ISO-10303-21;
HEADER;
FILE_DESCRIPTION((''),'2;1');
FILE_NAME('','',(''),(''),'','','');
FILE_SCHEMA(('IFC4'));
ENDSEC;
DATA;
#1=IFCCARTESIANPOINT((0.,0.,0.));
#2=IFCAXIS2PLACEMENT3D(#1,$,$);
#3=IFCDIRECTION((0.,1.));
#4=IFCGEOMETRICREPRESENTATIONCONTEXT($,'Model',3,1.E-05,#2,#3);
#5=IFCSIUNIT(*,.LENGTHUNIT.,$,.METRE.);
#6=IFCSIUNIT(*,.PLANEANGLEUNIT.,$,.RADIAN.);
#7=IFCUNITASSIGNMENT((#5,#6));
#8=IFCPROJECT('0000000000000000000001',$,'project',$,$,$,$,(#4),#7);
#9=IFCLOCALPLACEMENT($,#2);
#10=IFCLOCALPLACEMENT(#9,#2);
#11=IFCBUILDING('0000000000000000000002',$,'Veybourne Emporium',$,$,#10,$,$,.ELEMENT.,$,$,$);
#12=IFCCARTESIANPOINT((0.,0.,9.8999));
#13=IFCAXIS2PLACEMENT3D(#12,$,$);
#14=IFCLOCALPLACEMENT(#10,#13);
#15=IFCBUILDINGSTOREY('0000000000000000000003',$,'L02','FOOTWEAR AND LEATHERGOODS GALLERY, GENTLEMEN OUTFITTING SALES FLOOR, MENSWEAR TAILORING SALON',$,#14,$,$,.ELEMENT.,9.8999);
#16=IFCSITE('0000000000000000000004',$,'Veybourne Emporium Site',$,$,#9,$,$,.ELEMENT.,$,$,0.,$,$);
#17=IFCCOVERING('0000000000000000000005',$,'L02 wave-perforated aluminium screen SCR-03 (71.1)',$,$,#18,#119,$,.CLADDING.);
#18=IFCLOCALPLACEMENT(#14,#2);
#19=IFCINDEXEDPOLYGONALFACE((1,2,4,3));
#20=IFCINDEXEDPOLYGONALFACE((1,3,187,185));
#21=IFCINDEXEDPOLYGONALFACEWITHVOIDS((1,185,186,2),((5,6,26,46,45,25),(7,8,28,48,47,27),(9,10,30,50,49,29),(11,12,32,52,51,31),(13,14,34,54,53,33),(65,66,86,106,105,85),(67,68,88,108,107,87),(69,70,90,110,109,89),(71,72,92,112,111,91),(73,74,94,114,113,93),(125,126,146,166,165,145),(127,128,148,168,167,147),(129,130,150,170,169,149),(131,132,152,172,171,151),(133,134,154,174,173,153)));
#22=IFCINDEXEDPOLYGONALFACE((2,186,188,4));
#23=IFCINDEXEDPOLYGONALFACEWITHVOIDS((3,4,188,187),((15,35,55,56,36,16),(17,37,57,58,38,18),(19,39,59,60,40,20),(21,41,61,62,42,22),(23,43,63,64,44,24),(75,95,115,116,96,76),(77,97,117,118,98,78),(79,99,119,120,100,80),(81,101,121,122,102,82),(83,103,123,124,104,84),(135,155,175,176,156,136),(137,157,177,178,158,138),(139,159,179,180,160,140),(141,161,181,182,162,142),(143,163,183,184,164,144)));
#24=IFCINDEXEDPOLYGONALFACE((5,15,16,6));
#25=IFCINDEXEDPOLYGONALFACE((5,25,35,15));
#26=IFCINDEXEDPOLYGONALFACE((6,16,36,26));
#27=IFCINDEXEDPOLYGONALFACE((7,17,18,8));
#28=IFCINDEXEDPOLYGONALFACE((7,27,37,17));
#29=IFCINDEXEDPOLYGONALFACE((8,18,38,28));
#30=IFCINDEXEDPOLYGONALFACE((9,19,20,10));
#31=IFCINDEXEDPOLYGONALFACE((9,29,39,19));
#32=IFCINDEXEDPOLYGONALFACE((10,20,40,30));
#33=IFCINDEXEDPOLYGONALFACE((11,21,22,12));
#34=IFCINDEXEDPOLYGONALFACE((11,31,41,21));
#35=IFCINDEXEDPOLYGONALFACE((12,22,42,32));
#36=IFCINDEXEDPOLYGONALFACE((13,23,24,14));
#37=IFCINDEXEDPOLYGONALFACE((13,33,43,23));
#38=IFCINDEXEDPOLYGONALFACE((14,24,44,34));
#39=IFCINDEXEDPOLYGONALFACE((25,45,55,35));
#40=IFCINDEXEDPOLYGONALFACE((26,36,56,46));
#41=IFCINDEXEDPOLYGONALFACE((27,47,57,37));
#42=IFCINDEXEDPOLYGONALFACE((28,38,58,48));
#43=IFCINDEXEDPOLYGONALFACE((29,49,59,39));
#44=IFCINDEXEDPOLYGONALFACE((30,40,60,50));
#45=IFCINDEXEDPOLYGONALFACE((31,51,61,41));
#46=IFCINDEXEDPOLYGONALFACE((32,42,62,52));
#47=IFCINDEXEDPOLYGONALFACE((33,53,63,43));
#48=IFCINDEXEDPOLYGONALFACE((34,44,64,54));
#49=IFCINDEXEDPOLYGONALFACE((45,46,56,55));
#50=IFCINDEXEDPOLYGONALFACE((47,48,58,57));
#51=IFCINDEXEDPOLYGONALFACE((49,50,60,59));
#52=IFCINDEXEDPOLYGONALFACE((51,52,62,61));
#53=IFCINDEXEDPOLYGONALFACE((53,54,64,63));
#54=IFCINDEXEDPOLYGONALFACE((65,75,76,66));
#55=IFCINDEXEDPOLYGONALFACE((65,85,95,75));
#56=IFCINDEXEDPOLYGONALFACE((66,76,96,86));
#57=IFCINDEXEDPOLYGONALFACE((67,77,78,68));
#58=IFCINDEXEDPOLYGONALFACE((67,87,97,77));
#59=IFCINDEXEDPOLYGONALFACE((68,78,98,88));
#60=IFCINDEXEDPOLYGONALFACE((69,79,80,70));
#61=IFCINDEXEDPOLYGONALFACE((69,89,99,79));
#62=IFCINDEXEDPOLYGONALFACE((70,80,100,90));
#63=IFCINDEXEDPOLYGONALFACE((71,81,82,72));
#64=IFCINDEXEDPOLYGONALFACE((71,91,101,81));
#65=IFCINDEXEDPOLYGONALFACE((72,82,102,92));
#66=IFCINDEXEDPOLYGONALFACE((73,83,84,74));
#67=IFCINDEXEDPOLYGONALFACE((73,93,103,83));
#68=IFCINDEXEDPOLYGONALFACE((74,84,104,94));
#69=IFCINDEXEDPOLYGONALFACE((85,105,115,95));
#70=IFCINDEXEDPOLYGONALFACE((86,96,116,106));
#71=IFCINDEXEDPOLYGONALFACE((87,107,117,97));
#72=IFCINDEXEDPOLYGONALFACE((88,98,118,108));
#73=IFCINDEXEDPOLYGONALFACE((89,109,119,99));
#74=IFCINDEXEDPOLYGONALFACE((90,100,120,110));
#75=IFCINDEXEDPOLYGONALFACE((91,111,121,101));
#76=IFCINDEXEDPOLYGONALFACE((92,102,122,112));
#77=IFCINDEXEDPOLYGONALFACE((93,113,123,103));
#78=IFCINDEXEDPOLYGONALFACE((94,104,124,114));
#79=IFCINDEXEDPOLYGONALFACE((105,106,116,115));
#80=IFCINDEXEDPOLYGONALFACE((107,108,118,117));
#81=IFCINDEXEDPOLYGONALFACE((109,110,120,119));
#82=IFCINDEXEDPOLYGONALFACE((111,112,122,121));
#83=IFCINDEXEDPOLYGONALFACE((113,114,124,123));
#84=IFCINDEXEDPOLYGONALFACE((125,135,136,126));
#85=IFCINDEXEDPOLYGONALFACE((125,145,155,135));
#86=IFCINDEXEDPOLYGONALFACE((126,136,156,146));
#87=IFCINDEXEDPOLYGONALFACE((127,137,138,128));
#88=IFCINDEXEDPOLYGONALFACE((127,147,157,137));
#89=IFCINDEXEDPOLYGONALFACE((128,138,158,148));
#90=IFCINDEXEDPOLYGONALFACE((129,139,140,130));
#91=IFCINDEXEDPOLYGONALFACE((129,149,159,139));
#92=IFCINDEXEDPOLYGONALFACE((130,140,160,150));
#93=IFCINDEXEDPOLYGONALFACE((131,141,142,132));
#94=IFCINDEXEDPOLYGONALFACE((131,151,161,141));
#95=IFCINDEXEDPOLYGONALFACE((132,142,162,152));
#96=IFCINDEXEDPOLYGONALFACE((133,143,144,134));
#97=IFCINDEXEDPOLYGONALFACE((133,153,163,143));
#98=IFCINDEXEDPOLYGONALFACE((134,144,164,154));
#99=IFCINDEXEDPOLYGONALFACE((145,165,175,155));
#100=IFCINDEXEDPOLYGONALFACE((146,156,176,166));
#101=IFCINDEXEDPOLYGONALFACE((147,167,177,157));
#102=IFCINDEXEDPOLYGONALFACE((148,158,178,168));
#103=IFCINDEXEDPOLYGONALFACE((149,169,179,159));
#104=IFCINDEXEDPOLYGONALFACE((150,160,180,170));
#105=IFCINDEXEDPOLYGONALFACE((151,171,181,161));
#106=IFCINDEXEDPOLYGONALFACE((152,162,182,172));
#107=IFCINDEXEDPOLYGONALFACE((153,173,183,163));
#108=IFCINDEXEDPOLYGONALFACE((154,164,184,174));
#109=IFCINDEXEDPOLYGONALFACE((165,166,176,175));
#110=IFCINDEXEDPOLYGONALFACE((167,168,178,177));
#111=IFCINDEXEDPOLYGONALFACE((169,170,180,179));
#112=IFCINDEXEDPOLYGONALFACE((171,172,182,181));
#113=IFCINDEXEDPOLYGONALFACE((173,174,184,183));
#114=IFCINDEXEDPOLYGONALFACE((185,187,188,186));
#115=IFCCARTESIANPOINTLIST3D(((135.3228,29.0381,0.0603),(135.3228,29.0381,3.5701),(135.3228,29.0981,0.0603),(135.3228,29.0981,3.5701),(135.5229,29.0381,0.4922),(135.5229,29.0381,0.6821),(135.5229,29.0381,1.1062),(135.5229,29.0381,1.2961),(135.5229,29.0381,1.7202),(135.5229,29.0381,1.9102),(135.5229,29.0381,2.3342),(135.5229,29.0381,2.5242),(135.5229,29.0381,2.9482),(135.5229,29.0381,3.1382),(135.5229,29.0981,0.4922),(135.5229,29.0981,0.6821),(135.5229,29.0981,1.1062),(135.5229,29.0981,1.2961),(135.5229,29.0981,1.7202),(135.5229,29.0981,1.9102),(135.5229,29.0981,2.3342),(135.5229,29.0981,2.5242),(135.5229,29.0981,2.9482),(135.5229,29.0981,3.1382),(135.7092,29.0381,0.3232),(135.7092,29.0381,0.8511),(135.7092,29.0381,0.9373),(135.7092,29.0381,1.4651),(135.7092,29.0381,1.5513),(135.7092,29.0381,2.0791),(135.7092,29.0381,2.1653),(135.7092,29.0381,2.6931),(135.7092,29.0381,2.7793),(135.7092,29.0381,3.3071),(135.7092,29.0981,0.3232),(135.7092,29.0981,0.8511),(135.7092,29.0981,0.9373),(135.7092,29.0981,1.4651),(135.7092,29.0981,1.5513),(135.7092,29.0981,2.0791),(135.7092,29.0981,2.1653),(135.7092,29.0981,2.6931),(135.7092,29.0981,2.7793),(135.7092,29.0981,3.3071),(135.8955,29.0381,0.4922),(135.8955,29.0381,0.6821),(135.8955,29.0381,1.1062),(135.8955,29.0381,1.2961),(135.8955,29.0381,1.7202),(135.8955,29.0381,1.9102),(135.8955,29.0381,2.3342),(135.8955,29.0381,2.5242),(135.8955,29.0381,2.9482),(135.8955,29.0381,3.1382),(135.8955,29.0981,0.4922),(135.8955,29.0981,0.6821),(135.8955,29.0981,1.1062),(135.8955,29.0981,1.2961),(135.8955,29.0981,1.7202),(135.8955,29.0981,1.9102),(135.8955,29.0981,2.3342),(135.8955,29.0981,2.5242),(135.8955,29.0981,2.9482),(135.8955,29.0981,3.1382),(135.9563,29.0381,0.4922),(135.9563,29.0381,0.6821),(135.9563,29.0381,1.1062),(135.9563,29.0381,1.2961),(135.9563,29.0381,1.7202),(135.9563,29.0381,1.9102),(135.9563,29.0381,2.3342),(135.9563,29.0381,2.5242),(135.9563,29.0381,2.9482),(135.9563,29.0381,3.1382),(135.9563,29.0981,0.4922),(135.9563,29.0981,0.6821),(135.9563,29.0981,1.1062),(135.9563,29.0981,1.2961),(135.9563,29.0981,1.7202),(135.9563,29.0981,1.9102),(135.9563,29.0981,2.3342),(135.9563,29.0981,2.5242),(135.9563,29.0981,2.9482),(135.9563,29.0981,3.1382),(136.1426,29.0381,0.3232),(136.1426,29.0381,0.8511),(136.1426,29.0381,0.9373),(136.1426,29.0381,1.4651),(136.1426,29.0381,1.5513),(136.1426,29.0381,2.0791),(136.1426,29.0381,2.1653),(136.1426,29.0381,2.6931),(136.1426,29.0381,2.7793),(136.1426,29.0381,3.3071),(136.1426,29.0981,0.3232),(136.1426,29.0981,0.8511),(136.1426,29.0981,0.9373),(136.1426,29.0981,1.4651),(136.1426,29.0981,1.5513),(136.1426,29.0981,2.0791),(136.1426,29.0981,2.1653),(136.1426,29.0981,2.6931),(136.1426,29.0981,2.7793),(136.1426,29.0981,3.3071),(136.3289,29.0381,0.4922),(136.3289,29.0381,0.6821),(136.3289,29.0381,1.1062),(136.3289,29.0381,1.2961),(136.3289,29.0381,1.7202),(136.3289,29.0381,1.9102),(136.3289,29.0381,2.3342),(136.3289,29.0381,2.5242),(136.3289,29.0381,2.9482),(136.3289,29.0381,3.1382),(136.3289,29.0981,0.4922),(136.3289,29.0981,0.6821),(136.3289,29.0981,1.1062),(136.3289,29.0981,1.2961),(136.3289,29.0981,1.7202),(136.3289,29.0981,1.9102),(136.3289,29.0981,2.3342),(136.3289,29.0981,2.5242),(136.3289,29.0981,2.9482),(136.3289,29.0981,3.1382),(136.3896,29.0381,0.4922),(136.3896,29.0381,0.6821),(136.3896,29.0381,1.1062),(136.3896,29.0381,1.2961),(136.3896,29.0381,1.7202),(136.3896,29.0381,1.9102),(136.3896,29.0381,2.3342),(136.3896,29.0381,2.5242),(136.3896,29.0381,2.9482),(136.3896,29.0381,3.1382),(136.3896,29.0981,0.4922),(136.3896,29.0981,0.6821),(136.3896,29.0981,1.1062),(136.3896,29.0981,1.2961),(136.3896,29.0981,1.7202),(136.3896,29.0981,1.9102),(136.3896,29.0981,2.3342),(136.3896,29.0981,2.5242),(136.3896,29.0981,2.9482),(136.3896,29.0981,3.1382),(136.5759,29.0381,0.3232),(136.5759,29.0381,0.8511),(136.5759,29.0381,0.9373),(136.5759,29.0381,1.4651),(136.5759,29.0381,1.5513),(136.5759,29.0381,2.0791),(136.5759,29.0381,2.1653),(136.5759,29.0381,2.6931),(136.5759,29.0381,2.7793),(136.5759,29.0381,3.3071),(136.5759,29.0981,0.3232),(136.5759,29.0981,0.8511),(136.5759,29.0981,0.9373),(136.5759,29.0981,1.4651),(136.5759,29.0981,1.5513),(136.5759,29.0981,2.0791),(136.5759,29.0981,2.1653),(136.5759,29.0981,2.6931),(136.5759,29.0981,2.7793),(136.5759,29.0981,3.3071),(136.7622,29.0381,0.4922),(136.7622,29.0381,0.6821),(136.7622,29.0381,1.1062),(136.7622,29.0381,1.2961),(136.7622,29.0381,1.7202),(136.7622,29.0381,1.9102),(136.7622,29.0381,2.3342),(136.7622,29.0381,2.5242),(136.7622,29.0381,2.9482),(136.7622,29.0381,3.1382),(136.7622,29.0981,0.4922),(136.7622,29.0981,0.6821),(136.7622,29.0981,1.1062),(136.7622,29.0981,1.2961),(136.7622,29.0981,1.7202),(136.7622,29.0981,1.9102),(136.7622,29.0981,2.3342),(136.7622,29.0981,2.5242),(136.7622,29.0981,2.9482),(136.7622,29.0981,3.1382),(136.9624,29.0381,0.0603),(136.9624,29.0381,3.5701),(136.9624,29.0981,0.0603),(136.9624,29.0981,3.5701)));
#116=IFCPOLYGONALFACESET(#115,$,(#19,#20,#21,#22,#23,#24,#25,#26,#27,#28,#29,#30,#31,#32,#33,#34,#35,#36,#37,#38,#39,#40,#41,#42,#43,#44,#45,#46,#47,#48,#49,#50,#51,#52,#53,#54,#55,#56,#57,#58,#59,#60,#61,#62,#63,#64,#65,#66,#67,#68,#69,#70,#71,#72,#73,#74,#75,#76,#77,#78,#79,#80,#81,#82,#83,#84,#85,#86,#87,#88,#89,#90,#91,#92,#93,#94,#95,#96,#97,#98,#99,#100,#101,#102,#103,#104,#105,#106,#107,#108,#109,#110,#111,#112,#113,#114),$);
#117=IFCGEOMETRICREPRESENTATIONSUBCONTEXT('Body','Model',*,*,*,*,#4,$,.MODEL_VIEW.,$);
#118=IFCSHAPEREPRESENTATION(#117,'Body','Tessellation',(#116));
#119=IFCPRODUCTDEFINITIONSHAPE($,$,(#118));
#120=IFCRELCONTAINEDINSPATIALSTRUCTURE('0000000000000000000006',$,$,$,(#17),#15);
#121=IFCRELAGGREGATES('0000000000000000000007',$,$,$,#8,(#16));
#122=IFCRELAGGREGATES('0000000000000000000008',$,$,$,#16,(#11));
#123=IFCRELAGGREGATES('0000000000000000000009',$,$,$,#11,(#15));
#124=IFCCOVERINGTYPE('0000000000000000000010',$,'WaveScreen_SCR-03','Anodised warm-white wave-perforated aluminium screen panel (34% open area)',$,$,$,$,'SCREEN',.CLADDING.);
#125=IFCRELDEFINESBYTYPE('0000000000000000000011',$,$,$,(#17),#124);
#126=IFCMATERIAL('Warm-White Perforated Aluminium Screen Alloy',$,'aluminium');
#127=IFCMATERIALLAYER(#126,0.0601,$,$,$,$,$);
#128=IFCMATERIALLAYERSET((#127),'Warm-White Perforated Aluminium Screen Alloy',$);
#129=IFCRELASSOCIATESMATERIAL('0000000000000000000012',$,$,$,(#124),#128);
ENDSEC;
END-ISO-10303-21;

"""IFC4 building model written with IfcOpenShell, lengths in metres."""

from ifc_helpers import new_model, si_unit, direction, frame, origin, place, context, subcontext, project, spatial, polyline, outline, extrude, material, layer, layer_set, type_object, element, save


model = new_model("IFC4")

# Units and contexts
model_context = context("Model", 3, precision=1e-05, world=origin(), true_north=direction((0.0, 1.0)))
body_context = subcontext(model_context, "Body", "Model", "MODEL_VIEW")
ifc_project = project(units=[si_unit("LENGTHUNIT", "METRE"), si_unit("PLANEANGLEUNIT", "RADIAN")], contexts=[model_context])

# Site, building, storey
site_placement = place(None, origin())
site = spatial("IfcSite", under=ifc_project, at=site_placement, Name="Veybourne Emporium Site", CompositionType="ELEMENT", RefElevation=0.0)
building_placement = place(site_placement, origin())
building = spatial("IfcBuilding", under=site, at=building_placement, Name="Veybourne Emporium", CompositionType="ELEMENT")
storey_placement = place(building_placement, frame((0.0, 0.0, 9.8999)))
storey = spatial("IfcBuildingStorey", under=building, at=storey_placement, Name="L02", Description="FOOTWEAR AND LEATHERGOODS GALLERY, GENTLEMEN OUTFITTING SALES FLOOR, MENSWEAR TAILORING SALON", CompositionType="ELEMENT", Elevation=9.8999)

# Covering
ifc_material_1 = material(Name="Warm-White Perforated Aluminium Screen Alloy", Category="aluminium")
ifc_layer_1 = layer(ifc_material_1, 0.0601)
ifc_layer_set_1 = layer_set([ifc_layer_1], Name="Warm-White Perforated Aluminium Screen Alloy")
covering_type_1 = type_object("IfcCoveringType", Name="WaveScreen_SCR-03", Description="Anodised warm-white wave-perforated aluminium screen panel (34% open area)", ElementType="SCREEN", PredefinedType="CLADDING", material=ifc_layer_set_1)
covering_1_placement = place(storey_placement, frame((136.1426, 29.0981, 1.8152), z_axis=(0.0, -1.0, 0.0), x_axis=(1.0, 0.0, 0.0)))
element("IfcCovering", 1, at=covering_1_placement, inside=storey, type_object=covering_type_1, Name="L02 wave-perforated aluminium screen SCR-03 (71.1)", PredefinedType="CLADDING", context=body_context, shape_type="SweptSolid", body=[
    extrude(outline(polyline([(-0.8198, -1.7549), (0.8198, -1.7549), (0.8198, 1.7549), (-0.8198, 1.7549), (-0.8198, -1.7549)]), holes=[polyline([(-0.4333, -0.9641), (-0.2471, -1.1331), (-0.2471, -1.323), (-0.4333, -1.4919), (-0.6196, -1.323), (-0.6196, -1.1331), (-0.4333, -0.9641)]), polyline([(-0.4333, -0.3501), (-0.2471, -0.519), (-0.2471, -0.709), (-0.4333, -0.8779), (-0.6196, -0.709), (-0.6196, -0.519), (-0.4333, -0.3501)]), polyline([(-0.4333, 0.2639), (-0.2471, 0.095), (-0.2471, -0.095), (-0.4333, -0.2639), (-0.6196, -0.095), (-0.6196, 0.095), (-0.4333, 0.2639)]), polyline([(-0.4333, 0.8779), (-0.2471, 0.709), (-0.2471, 0.519), (-0.4333, 0.3501), (-0.6196, 0.519), (-0.6196, 0.709), (-0.4333, 0.8779)]), polyline([(-0.4333, 1.4919), (-0.2471, 1.323), (-0.2471, 1.1331), (-0.4333, 0.9641), (-0.6196, 1.1331), (-0.6196, 1.323), (-0.4333, 1.4919)]), polyline([(0.0, -0.9641), (0.1863, -1.1331), (0.1863, -1.323), (0.0, -1.4919), (-0.1863, -1.323), (-0.1863, -1.1331), (0.0, -0.9641)]), polyline([(0.0, -0.3501), (0.1863, -0.519), (0.1863, -0.709), (0.0, -0.8779), (-0.1863, -0.709), (-0.1863, -0.519), (0.0, -0.3501)]), polyline([(0.0, 0.2639), (0.1863, 0.095), (0.1863, -0.095), (0.0, -0.2639), (-0.1863, -0.095), (-0.1863, 0.095), (0.0, 0.2639)]), polyline([(0.0, 0.8779), (0.1863, 0.709), (0.1863, 0.519), (0.0, 0.3501), (-0.1863, 0.519), (-0.1863, 0.709), (0.0, 0.8779)]), polyline([(0.0, 1.4919), (0.1863, 1.323), (0.1863, 1.1331), (0.0, 0.9641), (-0.1863, 1.1331), (-0.1863, 1.323), (0.0, 1.4919)]), polyline([(0.4333, -0.9641), (0.6196, -1.1331), (0.6196, -1.323), (0.4333, -1.4919), (0.2471, -1.323), (0.2471, -1.1331), (0.4333, -0.9641)]), polyline([(0.4333, -0.3501), (0.6196, -0.519), (0.6196, -0.709), (0.4333, -0.8779), (0.2471, -0.709), (0.2471, -0.519), (0.4333, -0.3501)]), polyline([(0.4333, 0.2639), (0.6196, 0.095), (0.6196, -0.095), (0.4333, -0.2639), (0.2471, -0.095), (0.2471, 0.095), (0.4333, 0.2639)]), polyline([(0.4333, 0.8779), (0.6196, 0.709), (0.6196, 0.519), (0.4333, 0.3501), (0.2471, 0.519), (0.2471, 0.709), (0.4333, 0.8779)]), polyline([(0.4333, 1.4919), (0.6196, 1.323), (0.6196, 1.1331), (0.4333, 0.9641), (0.2471, 1.1331), (0.2471, 1.323), (0.4333, 1.4919)])]), origin(), (0.0, 0.0, 1.0), 0.0601),
])

save(model, "model.ifc")
